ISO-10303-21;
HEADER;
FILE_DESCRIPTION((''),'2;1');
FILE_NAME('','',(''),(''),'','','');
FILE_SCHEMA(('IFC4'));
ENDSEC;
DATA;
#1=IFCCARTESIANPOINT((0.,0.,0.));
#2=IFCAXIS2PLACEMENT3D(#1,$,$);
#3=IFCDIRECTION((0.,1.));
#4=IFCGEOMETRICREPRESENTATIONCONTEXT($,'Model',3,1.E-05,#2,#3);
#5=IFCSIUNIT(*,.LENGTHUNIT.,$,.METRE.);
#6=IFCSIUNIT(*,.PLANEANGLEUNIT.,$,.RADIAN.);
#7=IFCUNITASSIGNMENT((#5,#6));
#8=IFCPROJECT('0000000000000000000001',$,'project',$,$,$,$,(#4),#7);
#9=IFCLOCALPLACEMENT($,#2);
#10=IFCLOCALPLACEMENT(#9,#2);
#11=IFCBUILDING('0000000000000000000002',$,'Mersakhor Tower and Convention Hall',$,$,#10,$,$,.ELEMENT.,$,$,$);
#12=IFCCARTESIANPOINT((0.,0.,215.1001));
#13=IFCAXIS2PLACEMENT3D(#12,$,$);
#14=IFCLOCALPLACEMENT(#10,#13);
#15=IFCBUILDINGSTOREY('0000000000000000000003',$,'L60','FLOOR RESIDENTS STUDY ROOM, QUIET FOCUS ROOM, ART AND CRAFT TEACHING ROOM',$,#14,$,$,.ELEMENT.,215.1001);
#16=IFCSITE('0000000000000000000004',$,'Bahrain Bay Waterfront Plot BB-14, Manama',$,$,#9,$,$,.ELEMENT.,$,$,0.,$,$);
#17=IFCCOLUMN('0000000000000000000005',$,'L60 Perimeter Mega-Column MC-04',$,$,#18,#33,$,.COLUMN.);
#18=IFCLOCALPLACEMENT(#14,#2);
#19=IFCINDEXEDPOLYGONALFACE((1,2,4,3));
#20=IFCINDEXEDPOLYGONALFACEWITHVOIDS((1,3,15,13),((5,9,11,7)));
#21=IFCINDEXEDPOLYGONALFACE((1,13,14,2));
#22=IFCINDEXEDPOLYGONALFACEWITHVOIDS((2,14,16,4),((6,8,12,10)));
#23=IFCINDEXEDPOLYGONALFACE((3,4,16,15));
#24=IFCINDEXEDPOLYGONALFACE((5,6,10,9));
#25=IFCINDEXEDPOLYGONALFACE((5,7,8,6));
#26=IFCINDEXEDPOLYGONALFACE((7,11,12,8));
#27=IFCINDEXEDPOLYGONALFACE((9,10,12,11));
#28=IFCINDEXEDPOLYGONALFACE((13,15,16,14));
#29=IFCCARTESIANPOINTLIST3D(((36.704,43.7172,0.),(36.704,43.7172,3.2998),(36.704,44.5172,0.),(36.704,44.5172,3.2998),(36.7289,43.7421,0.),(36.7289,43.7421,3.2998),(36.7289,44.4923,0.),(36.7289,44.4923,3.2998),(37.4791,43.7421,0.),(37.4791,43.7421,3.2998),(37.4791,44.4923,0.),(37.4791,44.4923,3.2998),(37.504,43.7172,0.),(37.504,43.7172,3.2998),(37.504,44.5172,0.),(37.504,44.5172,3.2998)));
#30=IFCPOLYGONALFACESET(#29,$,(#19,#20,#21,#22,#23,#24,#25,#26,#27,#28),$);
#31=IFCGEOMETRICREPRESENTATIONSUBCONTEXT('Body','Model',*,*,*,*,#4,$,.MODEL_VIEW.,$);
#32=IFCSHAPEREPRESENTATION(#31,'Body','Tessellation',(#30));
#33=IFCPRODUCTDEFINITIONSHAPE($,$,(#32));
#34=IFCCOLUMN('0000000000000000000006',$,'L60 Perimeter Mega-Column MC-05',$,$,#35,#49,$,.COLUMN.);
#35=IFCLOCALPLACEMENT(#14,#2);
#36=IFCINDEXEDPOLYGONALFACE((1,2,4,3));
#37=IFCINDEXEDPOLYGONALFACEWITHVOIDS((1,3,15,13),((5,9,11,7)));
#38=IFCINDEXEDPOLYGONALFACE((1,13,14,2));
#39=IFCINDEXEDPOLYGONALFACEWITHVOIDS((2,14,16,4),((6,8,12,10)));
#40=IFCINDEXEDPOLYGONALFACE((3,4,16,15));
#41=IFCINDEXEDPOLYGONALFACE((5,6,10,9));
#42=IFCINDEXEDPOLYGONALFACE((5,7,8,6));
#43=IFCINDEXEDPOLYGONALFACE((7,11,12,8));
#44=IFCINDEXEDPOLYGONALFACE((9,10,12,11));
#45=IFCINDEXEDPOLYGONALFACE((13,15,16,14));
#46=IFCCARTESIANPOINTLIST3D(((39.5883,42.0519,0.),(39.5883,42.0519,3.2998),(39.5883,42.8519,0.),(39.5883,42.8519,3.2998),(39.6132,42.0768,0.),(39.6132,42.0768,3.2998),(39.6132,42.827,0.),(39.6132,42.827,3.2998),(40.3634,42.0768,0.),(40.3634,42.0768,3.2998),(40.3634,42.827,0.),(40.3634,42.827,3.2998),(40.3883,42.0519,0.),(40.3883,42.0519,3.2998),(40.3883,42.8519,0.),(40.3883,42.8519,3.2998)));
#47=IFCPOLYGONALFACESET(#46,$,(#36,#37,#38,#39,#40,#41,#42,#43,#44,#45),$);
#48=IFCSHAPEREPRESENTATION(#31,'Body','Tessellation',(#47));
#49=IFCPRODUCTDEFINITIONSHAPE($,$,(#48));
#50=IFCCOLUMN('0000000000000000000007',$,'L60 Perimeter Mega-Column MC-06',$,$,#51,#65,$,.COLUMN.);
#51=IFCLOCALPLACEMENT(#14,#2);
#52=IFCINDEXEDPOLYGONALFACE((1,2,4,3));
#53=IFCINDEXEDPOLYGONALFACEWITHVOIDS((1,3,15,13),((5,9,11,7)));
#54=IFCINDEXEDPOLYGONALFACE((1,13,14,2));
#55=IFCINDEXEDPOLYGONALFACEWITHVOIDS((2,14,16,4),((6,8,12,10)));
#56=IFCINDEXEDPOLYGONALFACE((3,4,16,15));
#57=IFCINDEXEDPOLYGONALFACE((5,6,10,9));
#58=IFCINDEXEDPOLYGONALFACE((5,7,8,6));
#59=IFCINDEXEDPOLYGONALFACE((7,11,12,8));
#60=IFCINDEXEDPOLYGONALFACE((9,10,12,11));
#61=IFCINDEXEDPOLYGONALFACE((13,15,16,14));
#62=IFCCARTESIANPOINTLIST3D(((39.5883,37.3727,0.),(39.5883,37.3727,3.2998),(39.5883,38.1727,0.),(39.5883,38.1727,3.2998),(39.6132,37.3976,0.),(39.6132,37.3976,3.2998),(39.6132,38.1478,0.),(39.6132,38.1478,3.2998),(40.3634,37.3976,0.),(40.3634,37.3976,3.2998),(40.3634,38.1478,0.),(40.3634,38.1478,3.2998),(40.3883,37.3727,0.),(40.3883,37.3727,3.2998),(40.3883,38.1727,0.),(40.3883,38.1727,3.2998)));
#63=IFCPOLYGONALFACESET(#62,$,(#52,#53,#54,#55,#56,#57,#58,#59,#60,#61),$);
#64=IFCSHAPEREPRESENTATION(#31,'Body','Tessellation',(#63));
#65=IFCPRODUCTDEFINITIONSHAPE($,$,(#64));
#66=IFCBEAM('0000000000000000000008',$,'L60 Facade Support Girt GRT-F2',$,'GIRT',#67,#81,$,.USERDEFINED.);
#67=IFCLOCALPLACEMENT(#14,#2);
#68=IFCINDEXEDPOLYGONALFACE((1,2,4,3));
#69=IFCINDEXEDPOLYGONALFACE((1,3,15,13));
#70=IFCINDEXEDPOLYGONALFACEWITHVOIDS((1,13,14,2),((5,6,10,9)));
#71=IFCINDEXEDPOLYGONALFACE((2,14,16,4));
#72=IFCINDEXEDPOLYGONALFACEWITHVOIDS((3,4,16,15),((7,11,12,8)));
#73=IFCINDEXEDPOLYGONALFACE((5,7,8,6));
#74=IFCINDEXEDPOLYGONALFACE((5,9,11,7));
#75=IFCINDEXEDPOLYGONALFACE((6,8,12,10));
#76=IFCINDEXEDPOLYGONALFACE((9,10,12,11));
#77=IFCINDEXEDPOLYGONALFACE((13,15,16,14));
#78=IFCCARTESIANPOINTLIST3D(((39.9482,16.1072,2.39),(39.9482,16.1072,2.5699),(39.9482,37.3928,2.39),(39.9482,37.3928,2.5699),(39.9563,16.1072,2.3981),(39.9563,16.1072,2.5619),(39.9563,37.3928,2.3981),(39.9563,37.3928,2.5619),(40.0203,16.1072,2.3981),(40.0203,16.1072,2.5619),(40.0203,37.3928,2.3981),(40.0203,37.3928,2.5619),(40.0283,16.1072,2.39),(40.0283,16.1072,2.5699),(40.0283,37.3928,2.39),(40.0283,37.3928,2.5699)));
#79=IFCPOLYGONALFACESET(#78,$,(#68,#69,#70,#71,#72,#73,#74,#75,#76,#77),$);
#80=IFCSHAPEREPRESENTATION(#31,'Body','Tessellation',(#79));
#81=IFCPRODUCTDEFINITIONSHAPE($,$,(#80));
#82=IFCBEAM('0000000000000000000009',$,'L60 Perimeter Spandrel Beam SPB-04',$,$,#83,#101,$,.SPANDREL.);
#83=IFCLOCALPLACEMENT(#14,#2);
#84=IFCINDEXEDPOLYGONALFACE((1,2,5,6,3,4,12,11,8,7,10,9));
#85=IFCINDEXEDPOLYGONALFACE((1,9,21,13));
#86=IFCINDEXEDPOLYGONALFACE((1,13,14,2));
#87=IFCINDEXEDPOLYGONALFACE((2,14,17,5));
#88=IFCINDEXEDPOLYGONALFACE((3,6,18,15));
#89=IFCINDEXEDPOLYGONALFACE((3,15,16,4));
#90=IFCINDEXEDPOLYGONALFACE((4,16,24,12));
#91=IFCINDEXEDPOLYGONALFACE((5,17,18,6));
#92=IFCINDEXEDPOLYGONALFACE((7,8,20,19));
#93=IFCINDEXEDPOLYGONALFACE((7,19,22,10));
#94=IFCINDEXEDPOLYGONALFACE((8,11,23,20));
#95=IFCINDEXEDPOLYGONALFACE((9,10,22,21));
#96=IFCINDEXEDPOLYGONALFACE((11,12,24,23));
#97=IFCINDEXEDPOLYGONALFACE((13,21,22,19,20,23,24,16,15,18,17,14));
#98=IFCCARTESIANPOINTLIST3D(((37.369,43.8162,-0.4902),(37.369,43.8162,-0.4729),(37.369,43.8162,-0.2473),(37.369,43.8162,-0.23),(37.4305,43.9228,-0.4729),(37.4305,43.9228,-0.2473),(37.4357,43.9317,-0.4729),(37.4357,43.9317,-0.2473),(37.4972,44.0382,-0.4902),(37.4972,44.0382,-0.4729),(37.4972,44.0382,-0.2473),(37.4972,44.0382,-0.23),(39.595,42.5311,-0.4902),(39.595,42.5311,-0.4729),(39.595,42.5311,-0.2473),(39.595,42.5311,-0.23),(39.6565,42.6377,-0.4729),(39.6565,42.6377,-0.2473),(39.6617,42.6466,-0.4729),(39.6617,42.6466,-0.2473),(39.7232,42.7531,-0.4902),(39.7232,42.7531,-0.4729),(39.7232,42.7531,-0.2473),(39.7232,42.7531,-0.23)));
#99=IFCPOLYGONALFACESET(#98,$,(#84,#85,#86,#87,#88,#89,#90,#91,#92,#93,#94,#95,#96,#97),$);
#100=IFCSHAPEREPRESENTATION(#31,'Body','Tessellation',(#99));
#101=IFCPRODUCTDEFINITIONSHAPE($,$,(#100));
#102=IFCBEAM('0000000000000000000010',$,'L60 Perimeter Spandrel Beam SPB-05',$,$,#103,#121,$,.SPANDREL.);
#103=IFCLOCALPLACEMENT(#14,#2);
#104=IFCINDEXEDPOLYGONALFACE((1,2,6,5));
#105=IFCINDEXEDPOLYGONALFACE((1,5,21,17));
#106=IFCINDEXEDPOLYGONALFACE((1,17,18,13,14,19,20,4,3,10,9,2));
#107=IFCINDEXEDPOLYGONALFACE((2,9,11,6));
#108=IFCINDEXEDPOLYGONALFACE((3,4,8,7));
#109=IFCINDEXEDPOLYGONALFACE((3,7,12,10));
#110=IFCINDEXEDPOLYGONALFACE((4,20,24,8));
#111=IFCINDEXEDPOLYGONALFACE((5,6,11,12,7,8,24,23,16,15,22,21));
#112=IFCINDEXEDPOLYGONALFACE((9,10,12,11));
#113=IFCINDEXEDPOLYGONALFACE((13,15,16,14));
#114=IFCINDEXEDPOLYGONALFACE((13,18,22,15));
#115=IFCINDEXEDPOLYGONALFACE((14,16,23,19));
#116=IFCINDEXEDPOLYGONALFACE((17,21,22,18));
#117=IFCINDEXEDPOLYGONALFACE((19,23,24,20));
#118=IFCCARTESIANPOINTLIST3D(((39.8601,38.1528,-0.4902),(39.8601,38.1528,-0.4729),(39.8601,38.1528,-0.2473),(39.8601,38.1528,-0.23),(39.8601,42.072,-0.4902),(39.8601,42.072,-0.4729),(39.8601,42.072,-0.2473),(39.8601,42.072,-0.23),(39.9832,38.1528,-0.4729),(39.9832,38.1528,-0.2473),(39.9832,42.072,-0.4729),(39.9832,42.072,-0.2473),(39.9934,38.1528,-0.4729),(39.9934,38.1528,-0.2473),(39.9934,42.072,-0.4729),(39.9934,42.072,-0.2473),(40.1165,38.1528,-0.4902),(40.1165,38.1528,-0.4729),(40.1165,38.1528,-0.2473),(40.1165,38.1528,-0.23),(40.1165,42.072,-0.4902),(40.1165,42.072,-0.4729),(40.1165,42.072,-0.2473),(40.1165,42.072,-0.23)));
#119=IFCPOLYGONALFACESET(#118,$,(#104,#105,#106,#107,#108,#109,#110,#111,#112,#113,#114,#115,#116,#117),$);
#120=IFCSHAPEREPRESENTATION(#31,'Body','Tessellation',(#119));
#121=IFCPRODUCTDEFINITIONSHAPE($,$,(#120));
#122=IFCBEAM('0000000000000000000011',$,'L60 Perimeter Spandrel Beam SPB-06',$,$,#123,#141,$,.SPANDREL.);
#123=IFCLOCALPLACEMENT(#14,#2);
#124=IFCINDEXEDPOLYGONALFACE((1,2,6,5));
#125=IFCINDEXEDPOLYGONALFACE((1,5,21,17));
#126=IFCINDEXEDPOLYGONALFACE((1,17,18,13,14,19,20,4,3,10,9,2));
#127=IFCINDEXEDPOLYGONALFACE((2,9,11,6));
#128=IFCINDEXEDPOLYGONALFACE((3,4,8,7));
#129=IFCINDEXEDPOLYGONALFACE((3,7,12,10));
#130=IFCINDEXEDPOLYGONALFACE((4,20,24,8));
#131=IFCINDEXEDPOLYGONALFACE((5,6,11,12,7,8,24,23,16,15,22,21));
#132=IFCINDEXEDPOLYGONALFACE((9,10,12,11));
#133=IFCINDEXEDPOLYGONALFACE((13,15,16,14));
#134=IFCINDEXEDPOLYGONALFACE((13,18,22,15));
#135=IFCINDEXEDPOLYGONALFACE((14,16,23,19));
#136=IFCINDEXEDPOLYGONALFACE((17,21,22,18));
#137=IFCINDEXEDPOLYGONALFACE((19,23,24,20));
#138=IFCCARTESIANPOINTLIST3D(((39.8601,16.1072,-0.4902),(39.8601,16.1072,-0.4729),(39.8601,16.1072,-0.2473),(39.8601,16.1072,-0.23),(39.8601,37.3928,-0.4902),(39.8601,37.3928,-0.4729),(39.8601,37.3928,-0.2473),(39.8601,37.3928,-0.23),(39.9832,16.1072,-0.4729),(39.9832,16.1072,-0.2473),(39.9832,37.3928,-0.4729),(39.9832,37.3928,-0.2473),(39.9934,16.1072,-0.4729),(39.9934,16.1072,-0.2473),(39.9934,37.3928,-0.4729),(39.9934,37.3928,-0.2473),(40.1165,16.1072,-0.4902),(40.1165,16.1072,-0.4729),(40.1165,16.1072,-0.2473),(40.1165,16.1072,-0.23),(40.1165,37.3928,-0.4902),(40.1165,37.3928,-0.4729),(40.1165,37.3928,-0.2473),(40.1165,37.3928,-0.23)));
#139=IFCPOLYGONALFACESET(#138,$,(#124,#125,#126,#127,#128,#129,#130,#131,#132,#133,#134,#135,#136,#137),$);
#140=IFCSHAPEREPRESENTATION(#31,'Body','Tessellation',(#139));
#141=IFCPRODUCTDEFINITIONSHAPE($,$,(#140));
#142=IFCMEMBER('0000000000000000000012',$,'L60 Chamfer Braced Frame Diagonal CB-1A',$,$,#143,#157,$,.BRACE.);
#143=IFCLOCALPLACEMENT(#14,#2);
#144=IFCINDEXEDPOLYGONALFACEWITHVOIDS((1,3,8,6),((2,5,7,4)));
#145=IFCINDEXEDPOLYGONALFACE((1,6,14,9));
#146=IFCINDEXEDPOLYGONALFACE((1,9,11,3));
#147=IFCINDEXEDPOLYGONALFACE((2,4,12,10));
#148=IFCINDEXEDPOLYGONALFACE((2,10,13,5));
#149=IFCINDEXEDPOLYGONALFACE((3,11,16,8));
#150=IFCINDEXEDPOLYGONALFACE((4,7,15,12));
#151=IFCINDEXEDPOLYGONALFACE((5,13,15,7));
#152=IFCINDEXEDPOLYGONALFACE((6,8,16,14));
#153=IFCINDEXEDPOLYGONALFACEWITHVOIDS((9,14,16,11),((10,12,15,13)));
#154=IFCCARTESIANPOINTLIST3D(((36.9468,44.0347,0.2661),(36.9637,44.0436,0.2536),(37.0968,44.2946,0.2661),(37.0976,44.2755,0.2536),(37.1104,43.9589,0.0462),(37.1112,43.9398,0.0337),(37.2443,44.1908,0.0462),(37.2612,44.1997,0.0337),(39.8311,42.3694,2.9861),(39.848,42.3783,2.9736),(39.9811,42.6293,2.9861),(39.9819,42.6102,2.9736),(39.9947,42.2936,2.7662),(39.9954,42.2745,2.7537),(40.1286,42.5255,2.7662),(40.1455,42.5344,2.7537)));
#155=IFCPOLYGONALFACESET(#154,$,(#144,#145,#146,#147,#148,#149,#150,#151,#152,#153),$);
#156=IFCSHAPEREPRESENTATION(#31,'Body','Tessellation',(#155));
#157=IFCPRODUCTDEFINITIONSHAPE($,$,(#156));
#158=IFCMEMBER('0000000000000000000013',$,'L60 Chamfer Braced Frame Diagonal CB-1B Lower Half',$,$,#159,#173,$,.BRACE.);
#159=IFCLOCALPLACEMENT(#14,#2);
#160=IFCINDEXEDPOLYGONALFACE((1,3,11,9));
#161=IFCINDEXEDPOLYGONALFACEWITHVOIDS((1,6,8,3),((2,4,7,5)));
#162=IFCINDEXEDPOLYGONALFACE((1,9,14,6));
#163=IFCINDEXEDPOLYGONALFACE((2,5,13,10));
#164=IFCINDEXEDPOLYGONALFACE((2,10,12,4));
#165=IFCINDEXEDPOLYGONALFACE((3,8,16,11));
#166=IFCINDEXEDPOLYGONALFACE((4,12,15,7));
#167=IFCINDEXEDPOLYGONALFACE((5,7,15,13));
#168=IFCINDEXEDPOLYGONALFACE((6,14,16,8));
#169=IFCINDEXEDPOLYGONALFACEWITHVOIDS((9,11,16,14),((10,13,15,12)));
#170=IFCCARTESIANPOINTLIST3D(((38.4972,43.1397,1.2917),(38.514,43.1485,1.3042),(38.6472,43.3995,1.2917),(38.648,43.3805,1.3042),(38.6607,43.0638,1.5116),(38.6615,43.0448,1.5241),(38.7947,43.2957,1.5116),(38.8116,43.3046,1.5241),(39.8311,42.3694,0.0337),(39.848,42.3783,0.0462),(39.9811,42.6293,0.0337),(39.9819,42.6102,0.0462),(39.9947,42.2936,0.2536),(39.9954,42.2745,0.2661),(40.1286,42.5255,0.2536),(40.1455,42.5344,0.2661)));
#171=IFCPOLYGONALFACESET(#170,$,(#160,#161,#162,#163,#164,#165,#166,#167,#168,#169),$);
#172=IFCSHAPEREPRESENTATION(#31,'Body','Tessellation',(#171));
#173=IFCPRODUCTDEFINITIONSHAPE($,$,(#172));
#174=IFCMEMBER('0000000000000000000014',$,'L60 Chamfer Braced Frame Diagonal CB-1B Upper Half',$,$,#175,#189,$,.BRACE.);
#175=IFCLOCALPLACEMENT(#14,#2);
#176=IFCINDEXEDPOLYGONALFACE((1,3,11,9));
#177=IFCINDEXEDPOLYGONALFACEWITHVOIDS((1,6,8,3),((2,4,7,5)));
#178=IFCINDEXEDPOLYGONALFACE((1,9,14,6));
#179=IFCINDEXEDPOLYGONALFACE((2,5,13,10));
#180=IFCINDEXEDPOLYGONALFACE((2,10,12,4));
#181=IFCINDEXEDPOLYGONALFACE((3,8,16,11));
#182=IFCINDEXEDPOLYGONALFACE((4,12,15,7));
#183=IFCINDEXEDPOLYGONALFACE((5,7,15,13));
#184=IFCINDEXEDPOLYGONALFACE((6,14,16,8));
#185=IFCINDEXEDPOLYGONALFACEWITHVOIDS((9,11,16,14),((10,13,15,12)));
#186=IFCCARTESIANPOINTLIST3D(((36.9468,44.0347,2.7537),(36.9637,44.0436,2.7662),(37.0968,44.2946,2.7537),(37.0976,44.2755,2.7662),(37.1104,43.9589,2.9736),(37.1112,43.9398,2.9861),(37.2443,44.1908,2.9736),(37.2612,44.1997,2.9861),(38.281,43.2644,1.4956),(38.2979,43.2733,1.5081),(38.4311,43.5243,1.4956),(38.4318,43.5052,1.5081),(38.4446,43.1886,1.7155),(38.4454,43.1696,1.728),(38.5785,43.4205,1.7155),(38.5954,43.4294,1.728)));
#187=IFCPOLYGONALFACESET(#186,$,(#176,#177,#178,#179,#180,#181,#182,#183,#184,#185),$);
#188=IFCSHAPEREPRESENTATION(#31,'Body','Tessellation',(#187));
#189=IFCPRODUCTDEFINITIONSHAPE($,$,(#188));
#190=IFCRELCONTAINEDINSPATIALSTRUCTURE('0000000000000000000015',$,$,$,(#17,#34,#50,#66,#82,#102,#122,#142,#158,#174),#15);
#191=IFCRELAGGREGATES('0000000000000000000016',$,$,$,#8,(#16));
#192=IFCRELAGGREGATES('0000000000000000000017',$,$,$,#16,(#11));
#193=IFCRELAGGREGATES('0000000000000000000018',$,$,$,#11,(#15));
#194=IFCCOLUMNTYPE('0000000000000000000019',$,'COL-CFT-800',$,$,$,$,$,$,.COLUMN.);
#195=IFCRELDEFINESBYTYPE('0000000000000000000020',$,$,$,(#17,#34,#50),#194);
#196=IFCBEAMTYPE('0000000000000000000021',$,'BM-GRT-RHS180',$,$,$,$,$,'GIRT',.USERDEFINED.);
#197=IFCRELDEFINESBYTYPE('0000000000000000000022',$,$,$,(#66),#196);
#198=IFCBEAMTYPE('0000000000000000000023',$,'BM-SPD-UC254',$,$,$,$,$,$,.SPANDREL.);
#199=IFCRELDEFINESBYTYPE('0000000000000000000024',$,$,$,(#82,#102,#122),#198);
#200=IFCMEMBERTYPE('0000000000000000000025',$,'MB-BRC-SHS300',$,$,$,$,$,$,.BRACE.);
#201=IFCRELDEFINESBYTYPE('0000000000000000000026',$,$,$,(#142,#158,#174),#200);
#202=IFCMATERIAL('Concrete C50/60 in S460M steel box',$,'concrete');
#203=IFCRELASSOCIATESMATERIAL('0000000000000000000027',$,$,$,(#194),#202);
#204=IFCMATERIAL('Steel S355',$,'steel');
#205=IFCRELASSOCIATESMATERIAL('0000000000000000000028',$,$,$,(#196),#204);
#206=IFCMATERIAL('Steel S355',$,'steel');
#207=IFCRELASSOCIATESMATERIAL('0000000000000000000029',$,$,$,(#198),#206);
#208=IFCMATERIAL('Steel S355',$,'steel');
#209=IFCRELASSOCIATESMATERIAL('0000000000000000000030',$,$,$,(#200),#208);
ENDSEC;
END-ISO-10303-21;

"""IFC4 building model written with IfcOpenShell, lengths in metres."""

from ifc_helpers import new_model, si_unit, direction, frame, origin, origin_2d, place, context, subcontext, project, spatial, hollow_rectangle, i_section, extrude, material, material_profile, profile_set, type_object, element, save


model = new_model("IFC4")

# Units and contexts
model_context = context("Model", 3, precision=1e-05, world=origin(), true_north=direction((0.0, 1.0)))
body_context = subcontext(model_context, "Body", "Model", "MODEL_VIEW")
ifc_project = project(units=[si_unit("LENGTHUNIT", "METRE"), si_unit("PLANEANGLEUNIT", "RADIAN")], contexts=[model_context])

# Site, building, storey
site_placement = place(None, origin())
site = spatial("IfcSite", under=ifc_project, at=site_placement, Name="Bahrain Bay Waterfront Plot BB-14, Manama", CompositionType="ELEMENT", RefElevation=0.0)
building_placement = place(site_placement, origin())
building = spatial("IfcBuilding", under=site, at=building_placement, Name="Mersakhor Tower and Convention Hall", CompositionType="ELEMENT")
storey_placement = place(building_placement, frame((0.0, 0.0, 215.1001)))
storey = spatial("IfcBuildingStorey", under=building, at=storey_placement, Name="L60", Description="FLOOR RESIDENTS STUDY ROOM, QUIET FOCUS ROOM, ART AND CRAFT TEACHING ROOM", CompositionType="ELEMENT", Elevation=215.1001)

# Columns
ifc_material_1 = material(Name="Concrete C50/60 in S460M steel box", Category="concrete")
ifc_material_profile_1 = material_profile(ifc_material_1, hollow_rectangle(XDim=0.8, YDim=0.8, WallThickness=0.0249, at=origin_2d()), Name="SHS 800x800x25")
ifc_profile_set_1 = profile_set([ifc_material_profile_1], Name="Concrete C50/60 in S460M steel box")
column_type = type_object("IfcColumnType", Name="COL-CFT-800", PredefinedType="COLUMN", material=ifc_profile_set_1)
for number, where, z_axis, x_axis, name in (
    (1, (37.104, 44.1172, 0.0), (0.0, 0.0, 1.0), (1.0, 0.0, 0.0), "L60 Perimeter Mega-Column MC-04"),
    (2, (39.9883, 42.4519, 0.0), (0.0, 0.0, 1.0), (1.0, 0.0, 0.0), "L60 Perimeter Mega-Column MC-05"),
    (3, (39.9883, 37.7727, 0.0), (0.0, 0.0, 1.0), (1.0, 0.0, 0.0), "L60 Perimeter Mega-Column MC-06"),
):
    element("IfcColumn", number, at=place(storey_placement, frame(where, z_axis=z_axis, x_axis=x_axis)), inside=storey, type_object=column_type, Name=name, PredefinedType="COLUMN", context=body_context, shape_type="SweptSolid", body=[
        extrude(hollow_rectangle(XDim=0.8, YDim=0.8, WallThickness=0.0249, at=origin_2d()), origin(), (0.0, 0.0, 1.0), 3.2998),
    ])

# Beams
ifc_material_2 = material(Name="Steel S355", Category="steel")
ifc_material_profile_2 = material_profile(ifc_material_2, hollow_rectangle(XDim=0.0801, YDim=0.1799, WallThickness=0.0081, at=origin_2d()), Name="RHS 180x80x8")
ifc_profile_set_2 = profile_set([ifc_material_profile_2], Name="Steel S355")
beam_type_1 = type_object("IfcBeamType", Name="BM-GRT-RHS180", ElementType="GIRT", PredefinedType="USERDEFINED", material=ifc_profile_set_2)
beam_1_placement = place(storey_placement, frame((39.9883, 37.3928, 2.48), z_axis=(0.0, -1.0, 0.0), x_axis=(1.0, 0.0, 0.0)))
element("IfcBeam", 4, at=beam_1_placement, inside=storey, type_object=beam_type_1, Name="L60 Facade Support Girt GRT-F2", ObjectType="GIRT", PredefinedType="USERDEFINED", context=body_context, shape_type="SweptSolid", body=[
    extrude(hollow_rectangle(XDim=0.0801, YDim=0.1799, WallThickness=0.0081, at=origin_2d()), origin(), (0.0, 0.0, 1.0), 21.2856),
])
ifc_material_3 = material(Name="Steel S355", Category="steel")
ifc_material_profile_3 = material_profile(ifc_material_3, i_section(OverallWidth=0.2563, OverallDepth=0.2603, WebThickness=0.0103, FlangeThickness=0.0173, at=origin_2d()), Name="UC 254x254x89")
ifc_profile_set_3 = profile_set([ifc_material_profile_3], Name="Steel S355")
beam_type_2 = type_object("IfcBeamType", Name="BM-SPD-UC254", PredefinedType="SPANDREL", material=ifc_profile_set_3)
beam_2_placement = place(storey_placement, frame((37.4331, 43.9272, -0.3601), z_axis=(0.866037, -0.49998, 0.0), x_axis=(0.49998, 0.866037, 0.0)))
element("IfcBeam", 5, at=beam_2_placement, inside=storey, type_object=beam_type_2, Name="L60 Perimeter Spandrel Beam SPB-04", PredefinedType="SPANDREL", context=body_context, shape_type="SweptSolid", body=[
    extrude(i_section(OverallWidth=0.2563, OverallDepth=0.2603, WebThickness=0.0103, FlangeThickness=0.0173, at=origin_2d()), origin(), (0.0, 0.0, 1.0), 2.5703),
])
beam_3_placement = place(storey_placement, frame((39.9883, 42.072, -0.3601), z_axis=(0.0, -1.0, 0.0), x_axis=(1.0, 0.0, 0.0)))
element("IfcBeam", 6, at=beam_3_placement, inside=storey, type_object=beam_type_2, Name="L60 Perimeter Spandrel Beam SPB-05", PredefinedType="SPANDREL", context=body_context, shape_type="SweptSolid", body=[
    extrude(i_section(OverallWidth=0.2563, OverallDepth=0.2603, WebThickness=0.0103, FlangeThickness=0.0173, at=origin_2d()), origin(), (0.0, 0.0, 1.0), 3.9192),
])
beam_4_placement = place(storey_placement, frame((39.9883, 37.3928, -0.3601), z_axis=(0.0, -1.0, 0.0), x_axis=(1.0, 0.0, 0.0)))
element("IfcBeam", 7, at=beam_4_placement, inside=storey, type_object=beam_type_2, Name="L60 Perimeter Spandrel Beam SPB-06", PredefinedType="SPANDREL", context=body_context, shape_type="SweptSolid", body=[
    extrude(i_section(OverallWidth=0.2563, OverallDepth=0.2603, WebThickness=0.0103, FlangeThickness=0.0173, at=origin_2d()), origin(), (0.0, 0.0, 1.0), 21.2856),
])

# Members
ifc_material_4 = material(Name="Steel S355", Category="steel")
ifc_material_profile_4 = material_profile(ifc_material_4, hollow_rectangle(XDim=0.3, YDim=0.3, WallThickness=0.0161, at=origin_2d()), Name="SHS 300x300x16")
ifc_profile_set_4 = profile_set([ifc_material_profile_4], Name="Steel S355")
member_type = type_object("IfcMemberType", Name="MB-BRC-SHS300", PredefinedType="BRACE", material=ifc_profile_set_4)
member_1_placement = place(storey_placement, frame((37.104, 44.1172, 0.1499), z_axis=(0.670754, -0.38727, 0.632543), x_axis=(0.50001, 0.86602, 0.0)))
element("IfcMember", 8, at=member_1_placement, inside=storey, type_object=member_type, Name="L60 Chamfer Braced Frame Diagonal CB-1A", PredefinedType="BRACE", context=body_context, shape_type="SweptSolid", body=[
    extrude(hollow_rectangle(XDim=0.3, YDim=0.3, WallThickness=0.0161, at=origin_2d()), origin(), (0.0, 0.0, 1.0), 4.3),
])
member_2_placement = place(storey_placement, frame((39.9883, 42.4519, 0.1499), z_axis=(-0.670731, 0.387291, 0.632555), x_axis=(-0.500043, -0.866001, 0.0)))
element("IfcMember", 9, at=member_2_placement, inside=storey, type_object=member_type, Name="L60 Chamfer Braced Frame Diagonal CB-1B Lower Half", PredefinedType="BRACE", context=body_context, shape_type="SweptSolid", body=[
    extrude(hollow_rectangle(XDim=0.3, YDim=0.3, WallThickness=0.0161, at=origin_2d()), origin(), (0.0, 0.0, 1.0), 1.9888),
])
member_3_placement = place(storey_placement, frame((38.4382, 43.3469, 1.6118), z_axis=(-0.670799, 0.387259, 0.632503), x_axis=(-0.499974, -0.86604, 0.0)))
element("IfcMember", 10, at=member_3_placement, inside=storey, type_object=member_type, Name="L60 Chamfer Braced Frame Diagonal CB-1B Upper Half", PredefinedType="BRACE", context=body_context, shape_type="SweptSolid", body=[
    extrude(hollow_rectangle(XDim=0.3, YDim=0.3, WallThickness=0.0161, at=origin_2d()), origin(), (0.0, 0.0, 1.0), 1.989),
])

save(model, "model.ifc")
